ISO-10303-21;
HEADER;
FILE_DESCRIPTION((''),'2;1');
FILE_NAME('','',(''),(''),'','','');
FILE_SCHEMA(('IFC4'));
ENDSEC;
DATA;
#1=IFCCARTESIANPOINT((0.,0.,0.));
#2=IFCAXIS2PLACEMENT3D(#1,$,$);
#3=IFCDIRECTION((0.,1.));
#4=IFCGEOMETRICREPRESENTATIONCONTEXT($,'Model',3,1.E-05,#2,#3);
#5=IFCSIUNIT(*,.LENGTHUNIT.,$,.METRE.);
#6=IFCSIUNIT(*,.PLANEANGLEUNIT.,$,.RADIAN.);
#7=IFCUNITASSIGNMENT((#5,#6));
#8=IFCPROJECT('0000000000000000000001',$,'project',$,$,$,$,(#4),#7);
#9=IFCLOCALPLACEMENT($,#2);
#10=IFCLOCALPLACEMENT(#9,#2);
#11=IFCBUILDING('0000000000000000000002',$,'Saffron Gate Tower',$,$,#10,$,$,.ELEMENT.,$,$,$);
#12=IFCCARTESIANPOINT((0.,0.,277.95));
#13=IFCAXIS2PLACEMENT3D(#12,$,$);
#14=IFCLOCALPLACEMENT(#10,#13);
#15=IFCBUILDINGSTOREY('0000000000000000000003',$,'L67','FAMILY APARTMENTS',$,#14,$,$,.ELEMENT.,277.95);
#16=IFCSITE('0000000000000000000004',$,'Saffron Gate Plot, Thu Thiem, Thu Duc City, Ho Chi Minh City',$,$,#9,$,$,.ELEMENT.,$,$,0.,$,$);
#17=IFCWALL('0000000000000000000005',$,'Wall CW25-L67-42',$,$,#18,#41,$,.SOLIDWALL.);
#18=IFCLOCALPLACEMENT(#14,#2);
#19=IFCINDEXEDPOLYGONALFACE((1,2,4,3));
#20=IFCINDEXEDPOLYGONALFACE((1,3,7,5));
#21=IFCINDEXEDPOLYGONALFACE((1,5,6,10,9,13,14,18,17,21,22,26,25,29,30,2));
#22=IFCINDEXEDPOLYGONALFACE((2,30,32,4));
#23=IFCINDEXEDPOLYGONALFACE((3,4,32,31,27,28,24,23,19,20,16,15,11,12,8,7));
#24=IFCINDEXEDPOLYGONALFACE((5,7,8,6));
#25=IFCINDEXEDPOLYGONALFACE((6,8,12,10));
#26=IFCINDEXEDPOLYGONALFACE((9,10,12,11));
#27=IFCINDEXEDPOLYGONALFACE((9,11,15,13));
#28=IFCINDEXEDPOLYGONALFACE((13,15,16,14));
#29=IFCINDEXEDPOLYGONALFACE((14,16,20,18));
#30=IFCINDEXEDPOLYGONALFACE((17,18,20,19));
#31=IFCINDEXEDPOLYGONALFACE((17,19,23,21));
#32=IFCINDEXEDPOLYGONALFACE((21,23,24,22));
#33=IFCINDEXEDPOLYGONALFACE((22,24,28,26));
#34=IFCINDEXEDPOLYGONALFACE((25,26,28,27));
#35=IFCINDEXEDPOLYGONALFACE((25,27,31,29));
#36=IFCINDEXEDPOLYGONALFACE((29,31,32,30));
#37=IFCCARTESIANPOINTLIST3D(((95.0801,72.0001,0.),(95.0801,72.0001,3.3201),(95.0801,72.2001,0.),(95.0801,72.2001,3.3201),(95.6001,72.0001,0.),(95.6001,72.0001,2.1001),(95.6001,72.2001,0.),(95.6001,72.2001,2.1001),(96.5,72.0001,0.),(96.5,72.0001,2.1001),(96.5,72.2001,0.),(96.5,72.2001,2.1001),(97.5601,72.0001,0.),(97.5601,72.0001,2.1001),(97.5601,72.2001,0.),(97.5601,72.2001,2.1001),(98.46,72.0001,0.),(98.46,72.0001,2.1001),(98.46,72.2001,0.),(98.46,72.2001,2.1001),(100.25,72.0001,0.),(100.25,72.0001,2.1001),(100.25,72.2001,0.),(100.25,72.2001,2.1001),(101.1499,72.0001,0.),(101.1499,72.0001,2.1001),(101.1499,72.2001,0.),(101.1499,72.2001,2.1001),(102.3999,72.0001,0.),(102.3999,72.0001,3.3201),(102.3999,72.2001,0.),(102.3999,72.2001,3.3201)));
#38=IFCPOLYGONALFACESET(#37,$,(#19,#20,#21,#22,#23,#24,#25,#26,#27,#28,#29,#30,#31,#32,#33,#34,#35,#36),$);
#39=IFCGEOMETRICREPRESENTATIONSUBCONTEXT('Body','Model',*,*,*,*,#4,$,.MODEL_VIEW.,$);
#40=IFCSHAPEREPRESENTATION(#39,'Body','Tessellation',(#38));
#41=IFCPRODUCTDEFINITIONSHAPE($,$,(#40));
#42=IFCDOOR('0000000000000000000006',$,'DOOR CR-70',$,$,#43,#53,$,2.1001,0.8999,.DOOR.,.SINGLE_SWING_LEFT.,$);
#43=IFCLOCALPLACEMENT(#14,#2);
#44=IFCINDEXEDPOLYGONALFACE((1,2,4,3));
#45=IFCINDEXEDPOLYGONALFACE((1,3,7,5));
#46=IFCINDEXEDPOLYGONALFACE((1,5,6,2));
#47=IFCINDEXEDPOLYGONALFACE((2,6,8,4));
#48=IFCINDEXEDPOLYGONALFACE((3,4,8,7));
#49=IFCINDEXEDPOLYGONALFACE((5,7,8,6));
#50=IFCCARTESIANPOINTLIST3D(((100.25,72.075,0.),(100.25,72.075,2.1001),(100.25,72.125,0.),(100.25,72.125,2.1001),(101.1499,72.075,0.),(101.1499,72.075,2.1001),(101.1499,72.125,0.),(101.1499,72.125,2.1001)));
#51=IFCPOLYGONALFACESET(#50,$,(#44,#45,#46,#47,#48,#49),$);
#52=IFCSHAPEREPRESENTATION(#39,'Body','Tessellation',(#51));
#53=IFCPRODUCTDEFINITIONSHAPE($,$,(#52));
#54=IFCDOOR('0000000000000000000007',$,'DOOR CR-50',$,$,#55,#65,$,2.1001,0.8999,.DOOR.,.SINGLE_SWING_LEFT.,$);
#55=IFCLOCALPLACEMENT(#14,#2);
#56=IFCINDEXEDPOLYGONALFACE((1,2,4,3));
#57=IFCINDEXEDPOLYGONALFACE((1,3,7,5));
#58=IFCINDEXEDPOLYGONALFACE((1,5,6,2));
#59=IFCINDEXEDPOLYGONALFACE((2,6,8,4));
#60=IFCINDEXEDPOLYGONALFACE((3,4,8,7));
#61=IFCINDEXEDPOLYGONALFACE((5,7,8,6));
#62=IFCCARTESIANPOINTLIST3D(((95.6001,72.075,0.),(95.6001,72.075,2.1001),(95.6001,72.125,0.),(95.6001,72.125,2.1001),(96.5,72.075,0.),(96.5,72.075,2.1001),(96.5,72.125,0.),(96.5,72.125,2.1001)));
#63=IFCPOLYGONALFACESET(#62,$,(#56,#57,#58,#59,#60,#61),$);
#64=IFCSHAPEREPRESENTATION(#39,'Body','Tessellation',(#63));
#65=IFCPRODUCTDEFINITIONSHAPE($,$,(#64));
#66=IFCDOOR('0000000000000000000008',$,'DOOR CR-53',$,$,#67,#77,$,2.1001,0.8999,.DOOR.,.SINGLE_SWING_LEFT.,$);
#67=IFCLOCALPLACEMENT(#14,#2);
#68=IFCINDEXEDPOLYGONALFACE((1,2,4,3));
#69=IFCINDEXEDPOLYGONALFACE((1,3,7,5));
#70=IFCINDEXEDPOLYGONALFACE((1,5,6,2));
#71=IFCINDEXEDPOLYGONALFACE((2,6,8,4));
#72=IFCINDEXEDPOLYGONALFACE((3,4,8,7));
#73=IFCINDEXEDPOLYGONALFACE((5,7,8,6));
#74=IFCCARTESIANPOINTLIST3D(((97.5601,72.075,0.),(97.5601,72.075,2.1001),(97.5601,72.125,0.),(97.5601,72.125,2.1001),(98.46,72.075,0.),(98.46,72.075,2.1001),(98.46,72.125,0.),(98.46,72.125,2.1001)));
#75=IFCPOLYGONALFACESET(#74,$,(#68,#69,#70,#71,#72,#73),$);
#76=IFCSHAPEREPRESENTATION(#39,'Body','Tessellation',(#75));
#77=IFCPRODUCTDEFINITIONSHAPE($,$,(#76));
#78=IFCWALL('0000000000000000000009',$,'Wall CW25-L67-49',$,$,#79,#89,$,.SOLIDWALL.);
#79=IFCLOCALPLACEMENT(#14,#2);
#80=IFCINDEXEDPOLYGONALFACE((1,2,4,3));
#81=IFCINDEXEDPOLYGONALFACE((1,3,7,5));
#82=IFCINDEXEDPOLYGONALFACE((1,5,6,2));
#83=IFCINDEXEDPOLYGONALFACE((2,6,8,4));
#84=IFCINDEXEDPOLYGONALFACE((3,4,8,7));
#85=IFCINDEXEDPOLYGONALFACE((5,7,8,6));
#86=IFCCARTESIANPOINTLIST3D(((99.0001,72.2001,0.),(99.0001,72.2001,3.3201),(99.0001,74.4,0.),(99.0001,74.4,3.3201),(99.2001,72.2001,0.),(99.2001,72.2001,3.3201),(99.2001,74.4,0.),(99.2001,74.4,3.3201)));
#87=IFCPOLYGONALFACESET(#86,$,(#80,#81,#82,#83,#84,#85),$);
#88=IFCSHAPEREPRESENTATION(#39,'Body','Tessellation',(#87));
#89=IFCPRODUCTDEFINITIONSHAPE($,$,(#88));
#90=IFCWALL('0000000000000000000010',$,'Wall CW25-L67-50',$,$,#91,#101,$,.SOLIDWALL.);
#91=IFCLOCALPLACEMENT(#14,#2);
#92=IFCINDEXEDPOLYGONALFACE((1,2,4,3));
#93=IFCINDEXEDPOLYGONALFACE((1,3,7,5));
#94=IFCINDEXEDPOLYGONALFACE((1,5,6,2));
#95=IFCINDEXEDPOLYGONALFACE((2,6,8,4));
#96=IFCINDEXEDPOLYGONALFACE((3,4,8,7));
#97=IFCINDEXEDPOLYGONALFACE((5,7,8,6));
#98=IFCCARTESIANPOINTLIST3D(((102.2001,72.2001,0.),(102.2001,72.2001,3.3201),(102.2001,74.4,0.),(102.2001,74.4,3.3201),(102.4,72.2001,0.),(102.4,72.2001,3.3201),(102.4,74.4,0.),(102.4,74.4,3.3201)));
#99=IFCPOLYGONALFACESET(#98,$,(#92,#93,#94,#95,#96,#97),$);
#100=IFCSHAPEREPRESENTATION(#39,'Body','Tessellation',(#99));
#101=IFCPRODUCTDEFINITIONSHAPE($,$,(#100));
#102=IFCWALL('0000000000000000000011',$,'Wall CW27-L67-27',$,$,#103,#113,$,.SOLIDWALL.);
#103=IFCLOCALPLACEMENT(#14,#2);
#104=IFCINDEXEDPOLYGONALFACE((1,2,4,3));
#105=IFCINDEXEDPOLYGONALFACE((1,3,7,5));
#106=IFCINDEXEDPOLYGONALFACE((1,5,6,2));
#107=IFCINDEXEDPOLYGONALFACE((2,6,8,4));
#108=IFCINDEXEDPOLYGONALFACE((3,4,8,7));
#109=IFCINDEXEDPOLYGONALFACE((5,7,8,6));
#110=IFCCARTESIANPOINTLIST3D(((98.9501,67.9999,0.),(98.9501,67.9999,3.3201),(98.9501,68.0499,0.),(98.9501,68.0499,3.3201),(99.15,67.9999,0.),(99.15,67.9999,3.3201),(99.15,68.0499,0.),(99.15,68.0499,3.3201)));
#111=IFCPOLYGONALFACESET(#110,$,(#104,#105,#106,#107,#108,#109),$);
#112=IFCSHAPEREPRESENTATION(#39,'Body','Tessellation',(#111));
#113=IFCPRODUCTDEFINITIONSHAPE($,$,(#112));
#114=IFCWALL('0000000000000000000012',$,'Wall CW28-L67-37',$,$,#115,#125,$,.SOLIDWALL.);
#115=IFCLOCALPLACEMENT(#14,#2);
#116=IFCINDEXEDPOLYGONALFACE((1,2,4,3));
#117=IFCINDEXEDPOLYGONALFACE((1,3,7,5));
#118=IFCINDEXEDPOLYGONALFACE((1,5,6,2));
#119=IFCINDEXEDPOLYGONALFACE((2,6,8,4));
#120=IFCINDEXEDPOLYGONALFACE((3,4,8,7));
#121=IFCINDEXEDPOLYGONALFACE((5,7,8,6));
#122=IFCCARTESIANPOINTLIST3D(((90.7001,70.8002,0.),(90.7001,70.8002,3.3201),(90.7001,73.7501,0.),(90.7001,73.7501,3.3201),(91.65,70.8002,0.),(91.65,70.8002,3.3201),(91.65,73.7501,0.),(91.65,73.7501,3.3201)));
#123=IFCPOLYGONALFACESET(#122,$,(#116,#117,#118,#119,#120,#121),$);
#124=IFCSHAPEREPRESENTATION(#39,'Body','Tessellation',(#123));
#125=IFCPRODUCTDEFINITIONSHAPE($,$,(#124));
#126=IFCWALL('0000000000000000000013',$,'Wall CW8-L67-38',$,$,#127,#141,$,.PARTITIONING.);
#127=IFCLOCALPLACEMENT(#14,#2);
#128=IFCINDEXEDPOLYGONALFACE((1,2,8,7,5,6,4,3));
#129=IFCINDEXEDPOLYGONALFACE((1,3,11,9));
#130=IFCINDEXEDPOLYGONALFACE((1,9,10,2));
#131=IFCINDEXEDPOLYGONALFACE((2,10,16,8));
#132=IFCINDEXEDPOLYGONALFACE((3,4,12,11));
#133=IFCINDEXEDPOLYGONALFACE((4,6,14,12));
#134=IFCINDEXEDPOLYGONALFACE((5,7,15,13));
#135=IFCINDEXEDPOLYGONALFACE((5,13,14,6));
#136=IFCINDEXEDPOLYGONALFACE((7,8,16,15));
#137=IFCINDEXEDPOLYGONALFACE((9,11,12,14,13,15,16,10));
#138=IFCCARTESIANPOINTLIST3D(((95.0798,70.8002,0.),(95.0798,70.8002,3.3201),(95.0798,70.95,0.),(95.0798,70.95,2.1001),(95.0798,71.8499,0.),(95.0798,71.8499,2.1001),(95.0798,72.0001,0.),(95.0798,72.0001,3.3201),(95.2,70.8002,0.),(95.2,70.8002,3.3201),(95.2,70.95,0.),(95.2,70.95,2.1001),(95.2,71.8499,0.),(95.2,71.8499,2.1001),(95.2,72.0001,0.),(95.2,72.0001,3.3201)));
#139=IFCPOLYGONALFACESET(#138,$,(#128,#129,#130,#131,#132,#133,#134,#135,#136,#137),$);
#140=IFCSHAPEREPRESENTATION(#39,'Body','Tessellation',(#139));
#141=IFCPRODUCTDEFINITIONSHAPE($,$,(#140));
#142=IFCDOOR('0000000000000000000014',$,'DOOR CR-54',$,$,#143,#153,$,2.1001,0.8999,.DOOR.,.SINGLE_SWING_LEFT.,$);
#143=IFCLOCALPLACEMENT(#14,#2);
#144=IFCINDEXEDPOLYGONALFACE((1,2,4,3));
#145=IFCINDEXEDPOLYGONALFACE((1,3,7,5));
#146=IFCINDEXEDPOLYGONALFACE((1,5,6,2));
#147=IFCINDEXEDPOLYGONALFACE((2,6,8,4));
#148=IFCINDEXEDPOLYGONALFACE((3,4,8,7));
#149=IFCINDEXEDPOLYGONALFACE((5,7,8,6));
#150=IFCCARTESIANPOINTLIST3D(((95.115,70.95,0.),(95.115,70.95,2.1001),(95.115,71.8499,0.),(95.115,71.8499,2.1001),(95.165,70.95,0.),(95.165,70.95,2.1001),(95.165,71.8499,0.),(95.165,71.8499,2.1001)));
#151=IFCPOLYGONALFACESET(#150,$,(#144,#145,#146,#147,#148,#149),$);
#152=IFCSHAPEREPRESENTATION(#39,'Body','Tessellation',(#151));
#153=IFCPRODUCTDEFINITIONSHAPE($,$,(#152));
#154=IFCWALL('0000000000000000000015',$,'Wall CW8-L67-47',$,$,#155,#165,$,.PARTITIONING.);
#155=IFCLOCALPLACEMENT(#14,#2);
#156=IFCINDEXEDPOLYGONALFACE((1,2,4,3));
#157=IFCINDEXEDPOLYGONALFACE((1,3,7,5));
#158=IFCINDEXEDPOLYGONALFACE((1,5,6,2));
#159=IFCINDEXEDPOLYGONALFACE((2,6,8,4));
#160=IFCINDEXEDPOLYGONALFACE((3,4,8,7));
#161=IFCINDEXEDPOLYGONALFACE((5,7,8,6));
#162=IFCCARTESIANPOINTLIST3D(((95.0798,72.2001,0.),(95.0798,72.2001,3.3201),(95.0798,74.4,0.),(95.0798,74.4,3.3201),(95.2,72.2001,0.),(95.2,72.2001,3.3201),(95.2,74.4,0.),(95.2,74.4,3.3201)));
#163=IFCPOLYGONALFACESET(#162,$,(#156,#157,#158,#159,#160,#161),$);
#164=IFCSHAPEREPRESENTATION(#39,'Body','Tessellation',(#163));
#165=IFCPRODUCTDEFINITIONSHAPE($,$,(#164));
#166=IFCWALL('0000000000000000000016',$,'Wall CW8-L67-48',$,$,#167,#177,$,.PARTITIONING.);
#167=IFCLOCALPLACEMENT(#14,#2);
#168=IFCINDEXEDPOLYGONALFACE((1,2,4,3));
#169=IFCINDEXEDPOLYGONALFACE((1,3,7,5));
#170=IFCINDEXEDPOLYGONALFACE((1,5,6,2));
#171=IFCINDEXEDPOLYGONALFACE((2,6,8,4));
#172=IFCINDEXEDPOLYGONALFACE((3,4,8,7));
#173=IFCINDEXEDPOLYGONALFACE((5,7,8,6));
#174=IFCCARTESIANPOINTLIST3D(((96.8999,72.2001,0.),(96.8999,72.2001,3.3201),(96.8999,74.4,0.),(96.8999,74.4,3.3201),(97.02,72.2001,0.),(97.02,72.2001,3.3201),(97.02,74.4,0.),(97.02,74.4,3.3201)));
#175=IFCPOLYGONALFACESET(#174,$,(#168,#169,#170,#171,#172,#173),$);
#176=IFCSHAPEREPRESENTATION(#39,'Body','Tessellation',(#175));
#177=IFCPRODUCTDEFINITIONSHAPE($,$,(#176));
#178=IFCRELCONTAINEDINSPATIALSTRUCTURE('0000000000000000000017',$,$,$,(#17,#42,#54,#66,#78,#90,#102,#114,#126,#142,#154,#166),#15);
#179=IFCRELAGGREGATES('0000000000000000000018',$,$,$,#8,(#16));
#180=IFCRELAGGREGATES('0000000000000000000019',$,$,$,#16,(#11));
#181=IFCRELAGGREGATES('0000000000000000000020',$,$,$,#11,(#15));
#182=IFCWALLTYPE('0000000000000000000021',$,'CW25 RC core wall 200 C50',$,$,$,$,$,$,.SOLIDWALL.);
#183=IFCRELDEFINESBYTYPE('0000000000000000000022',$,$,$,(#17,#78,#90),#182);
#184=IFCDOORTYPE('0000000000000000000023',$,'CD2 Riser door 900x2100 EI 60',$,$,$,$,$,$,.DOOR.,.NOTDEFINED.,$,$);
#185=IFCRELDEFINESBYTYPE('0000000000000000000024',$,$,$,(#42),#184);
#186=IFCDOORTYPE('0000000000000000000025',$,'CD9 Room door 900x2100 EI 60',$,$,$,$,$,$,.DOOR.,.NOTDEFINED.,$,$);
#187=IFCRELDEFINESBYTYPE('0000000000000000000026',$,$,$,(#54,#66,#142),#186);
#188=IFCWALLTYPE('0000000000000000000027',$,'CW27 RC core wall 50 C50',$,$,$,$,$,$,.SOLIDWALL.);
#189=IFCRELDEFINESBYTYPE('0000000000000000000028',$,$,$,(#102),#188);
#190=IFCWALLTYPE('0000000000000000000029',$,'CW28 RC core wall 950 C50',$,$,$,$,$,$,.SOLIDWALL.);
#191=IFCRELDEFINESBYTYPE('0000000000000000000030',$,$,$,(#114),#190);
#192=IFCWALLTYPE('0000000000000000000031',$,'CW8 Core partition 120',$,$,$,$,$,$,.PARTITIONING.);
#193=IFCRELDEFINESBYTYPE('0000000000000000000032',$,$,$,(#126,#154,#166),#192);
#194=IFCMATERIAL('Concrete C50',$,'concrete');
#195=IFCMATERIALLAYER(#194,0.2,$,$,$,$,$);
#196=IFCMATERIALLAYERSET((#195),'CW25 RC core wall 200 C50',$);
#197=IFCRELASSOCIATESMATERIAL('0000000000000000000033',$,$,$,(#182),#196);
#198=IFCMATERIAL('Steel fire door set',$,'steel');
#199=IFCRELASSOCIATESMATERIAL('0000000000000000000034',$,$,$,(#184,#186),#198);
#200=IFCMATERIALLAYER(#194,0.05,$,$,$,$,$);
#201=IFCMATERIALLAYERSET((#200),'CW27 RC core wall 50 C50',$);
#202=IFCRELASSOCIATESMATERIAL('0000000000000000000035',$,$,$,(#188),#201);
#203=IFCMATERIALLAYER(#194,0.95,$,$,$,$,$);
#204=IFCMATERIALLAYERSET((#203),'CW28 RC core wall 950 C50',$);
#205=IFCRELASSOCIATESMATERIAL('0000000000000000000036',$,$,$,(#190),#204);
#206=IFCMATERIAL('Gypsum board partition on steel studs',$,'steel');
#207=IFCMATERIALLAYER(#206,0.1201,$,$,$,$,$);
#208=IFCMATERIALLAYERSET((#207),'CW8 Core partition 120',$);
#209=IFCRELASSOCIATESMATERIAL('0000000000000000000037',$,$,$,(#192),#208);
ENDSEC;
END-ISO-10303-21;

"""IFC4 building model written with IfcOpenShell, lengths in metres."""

from ifc_helpers import new_model, si_unit, direction, frame, frame_2d, origin, place, context, subcontext, project, spatial, rectangle, extrude, material, layer, layer_set, type_object, element, fill, save


model = new_model("IFC4")

# Units and contexts
model_context = context("Model", 3, precision=1e-05, world=origin(), true_north=direction((0.0, 1.0)))
body_context = subcontext(model_context, "Body", "Model", "MODEL_VIEW")
ifc_project = project(units=[si_unit("LENGTHUNIT", "METRE"), si_unit("PLANEANGLEUNIT", "RADIAN")], contexts=[model_context])

# Site, building, storey
site_placement = place(None, origin())
site = spatial("IfcSite", under=ifc_project, at=site_placement, Name="Saffron Gate Plot, Thu Thiem, Thu Duc City, Ho Chi Minh City", CompositionType="ELEMENT", RefElevation=0.0)
building_placement = place(site_placement, origin())
building = spatial("IfcBuilding", under=site, at=building_placement, Name="Saffron Gate Tower", CompositionType="ELEMENT")
storey_placement = place(building_placement, frame((0.0, 0.0, 277.95)))
storey = spatial("IfcBuildingStorey", under=building, at=storey_placement, Name="L67", Description="FAMILY APARTMENTS", CompositionType="ELEMENT", Elevation=277.95)

# Shared definitions
ifc_material_1 = material(Name="Concrete C50", Category="concrete")
ifc_material_2 = material(Name="Steel fire door set", Category="steel")

# Shared definitions
ifc_layer_1 = layer(ifc_material_1, 0.2)
ifc_layer_set_1 = layer_set([ifc_layer_1], Name="CW25 RC core wall 200 C50")
wall_type_1 = type_object("IfcWallType", Name="CW25 RC core wall 200 C50", PredefinedType="SOLIDWALL", material=ifc_layer_set_1)

# Wall, openings, doors
wall_1_placement = place(storey_placement, frame((95.0801, 72.1001, 0.0), z_axis=(0.0, 0.0, 1.0), x_axis=(1.0, 0.0, 0.0)))
wall_1 = element("IfcWall", 1, at=wall_1_placement, inside=storey, type_object=wall_type_1, Name="Wall CW25-L67-42", PredefinedType="SOLIDWALL", context=body_context, shape_type="SweptSolid", body=[
    extrude(rectangle(XDim=7.3198, YDim=0.2, at=frame_2d((3.6599, 0.0))), origin(), (0.0, 0.0, 1.0), 3.3201),
])
opening_1_placement = place(wall_1_placement, frame((0.52, 0.0, 0.0)))
opening_1 = element("IfcOpeningElement", 2, at=opening_1_placement, cuts=wall_1, PredefinedType="OPENING", context=body_context, shape_type="SweptSolid", body=[
    extrude(rectangle(XDim=0.8999, YDim=2.1001, at=frame_2d((0.45, 1.05))), frame((0.0, 0.1099, 0.0), z_axis=(0.0, -1.0, 0.0), x_axis=(1.0, 0.0, 0.0)), (0.0, 0.0, 1.0), 0.22),
])
opening_2_placement = place(wall_1_placement, frame((2.48, 0.0, 0.0)))
opening_2 = element("IfcOpeningElement", 3, at=opening_2_placement, cuts=wall_1, PredefinedType="OPENING", context=body_context, shape_type="SweptSolid", body=[
    extrude(rectangle(XDim=0.8999, YDim=2.1001, at=frame_2d((0.45, 1.05))), frame((0.0, 0.1099, 0.0), z_axis=(0.0, -1.0, 0.0), x_axis=(1.0, 0.0, 0.0)), (0.0, 0.0, 1.0), 0.22),
])
opening_3_placement = place(wall_1_placement, frame((5.1699, 0.0, 0.0)))
opening_3 = element("IfcOpeningElement", 4, at=opening_3_placement, cuts=wall_1, PredefinedType="OPENING", context=body_context, shape_type="SweptSolid", body=[
    extrude(rectangle(XDim=0.8999, YDim=2.1001, at=frame_2d((0.45, 1.05))), frame((0.0, 0.1099, 0.0), z_axis=(0.0, -1.0, 0.0), x_axis=(1.0, 0.0, 0.0)), (0.0, 0.0, 1.0), 0.22),
])
door_type_1 = type_object("IfcDoorType", Name="CD2 Riser door 900x2100 EI 60", OperationType="NOTDEFINED", PredefinedType="DOOR", material=ifc_material_2)
door_1_placement = place(opening_3_placement, origin())
door_1 = element("IfcDoor", 5, at=door_1_placement, inside=storey, type_object=door_type_1, Name="DOOR CR-70", OperationType="SINGLE_SWING_LEFT", OverallHeight=2.1001, OverallWidth=0.8999, PredefinedType="DOOR", context=body_context, shape_type="SweptSolid", body=[
    extrude(rectangle(XDim=0.8999, YDim=2.1001, at=frame_2d((0.45, 1.05))), frame((0.0, 0.0249, 0.0), z_axis=(0.0, -1.0, 0.0), x_axis=(1.0, 0.0, 0.0)), (0.0, 0.0, 1.0), 0.05),
])
fill(opening_3, door_1)
door_type_2 = type_object("IfcDoorType", Name="CD9 Room door 900x2100 EI 60", OperationType="NOTDEFINED", PredefinedType="DOOR", material=ifc_material_2)
door_2_placement = place(opening_1_placement, origin())
door_2 = element("IfcDoor", 6, at=door_2_placement, inside=storey, type_object=door_type_2, Name="DOOR CR-50", OperationType="SINGLE_SWING_LEFT", OverallHeight=2.1001, OverallWidth=0.8999, PredefinedType="DOOR", context=body_context, shape_type="SweptSolid", body=[
    extrude(rectangle(XDim=0.8999, YDim=2.1001, at=frame_2d((0.45, 1.05))), frame((0.0, 0.0249, 0.0), z_axis=(0.0, -1.0, 0.0), x_axis=(1.0, 0.0, 0.0)), (0.0, 0.0, 1.0), 0.05),
])
fill(opening_1, door_2)
door_3_placement = place(opening_2_placement, origin())
door_3 = element("IfcDoor", 7, at=door_3_placement, inside=storey, type_object=door_type_2, Name="DOOR CR-53", OperationType="SINGLE_SWING_LEFT", OverallHeight=2.1001, OverallWidth=0.8999, PredefinedType="DOOR", context=body_context, shape_type="SweptSolid", body=[
    extrude(rectangle(XDim=0.8999, YDim=2.1001, at=frame_2d((0.45, 1.05))), frame((0.0, 0.0249, 0.0), z_axis=(0.0, -1.0, 0.0), x_axis=(1.0, 0.0, 0.0)), (0.0, 0.0, 1.0), 0.05),
])
fill(opening_2, door_3)

# Walls
for number, where, z_axis, x_axis, name in (
    (8, (99.1001, 72.2, 0.0), (0.0, 0.0, 1.0), (0.0, 1.0, 0.0), "Wall CW25-L67-49"),
    (9, (102.3, 72.2, 0.0), (0.0, 0.0, 1.0), (0.0, 1.0, 0.0), "Wall CW25-L67-50"),
):
    element("IfcWall", number, at=place(storey_placement, frame(where, z_axis=z_axis, x_axis=x_axis)), inside=storey, type_object=wall_type_1, Name=name, PredefinedType="SOLIDWALL", context=body_context, shape_type="SweptSolid", body=[
        extrude(rectangle(XDim=2.2, YDim=0.2, at=frame_2d((1.1001, 0.0))), origin(), (0.0, 0.0, 1.0), 3.3201),
    ])
ifc_layer_2 = layer(ifc_material_1, 0.05)
ifc_layer_set_2 = layer_set([ifc_layer_2], Name="CW27 RC core wall 50 C50")
wall_type_2 = type_object("IfcWallType", Name="CW27 RC core wall 50 C50", PredefinedType="SOLIDWALL", material=ifc_layer_set_2)
wall_2_placement = place(storey_placement, frame((98.95, 68.0249, 0.0), z_axis=(0.0, 0.0, 1.0), x_axis=(1.0, 0.0, 0.0)))
element("IfcWall", 10, at=wall_2_placement, inside=storey, type_object=wall_type_2, Name="Wall CW27-L67-27", PredefinedType="SOLIDWALL", context=body_context, shape_type="SweptSolid", body=[
    extrude(rectangle(XDim=0.2, YDim=0.05, at=frame_2d((0.1001, 0.0))), origin(), (0.0, 0.0, 1.0), 3.3201),
])
ifc_layer_3 = layer(ifc_material_1, 0.95)
ifc_layer_set_3 = layer_set([ifc_layer_3], Name="CW28 RC core wall 950 C50")
wall_type_3 = type_object("IfcWallType", Name="CW28 RC core wall 950 C50", PredefinedType="SOLIDWALL", material=ifc_layer_set_3)
wall_3_placement = place(storey_placement, frame((91.175, 70.8, 0.0), z_axis=(0.0, 0.0, 1.0), x_axis=(0.0, 1.0, 0.0)))
element("IfcWall", 11, at=wall_3_placement, inside=storey, type_object=wall_type_3, Name="Wall CW28-L67-37", PredefinedType="SOLIDWALL", context=body_context, shape_type="SweptSolid", body=[
    extrude(rectangle(XDim=2.95, YDim=0.95, at=frame_2d((1.4751, 0.0))), origin(), (0.0, 0.0, 1.0), 3.3201),
])

# Wall, opening, door
ifc_material_3 = material(Name="Gypsum board partition on steel studs", Category="steel")
ifc_layer_4 = layer(ifc_material_3, 0.1201)
ifc_layer_set_4 = layer_set([ifc_layer_4], Name="CW8 Core partition 120")
wall_type_4 = type_object("IfcWallType", Name="CW8 Core partition 120", PredefinedType="PARTITIONING", material=ifc_layer_set_4)
wall_4_placement = place(storey_placement, frame((95.1399, 70.8, 0.0), z_axis=(0.0, 0.0, 1.0), x_axis=(0.0, 1.0, 0.0)))
wall_4 = element("IfcWall", 12, at=wall_4_placement, inside=storey, type_object=wall_type_4, Name="Wall CW8-L67-38", PredefinedType="PARTITIONING", context=body_context, shape_type="SweptSolid", body=[
    extrude(rectangle(XDim=1.2, YDim=0.1201, at=frame_2d((0.6001, 0.0))), origin(), (0.0, 0.0, 1.0), 3.3201),
])
opening_4_placement = place(wall_4_placement, frame((0.1499, 0.0, 0.0)))
opening_4 = element("IfcOpeningElement", 13, at=opening_4_placement, cuts=wall_4, PredefinedType="OPENING", context=body_context, shape_type="SweptSolid", body=[
    extrude(rectangle(XDim=0.8999, YDim=2.1001, at=frame_2d((0.45, 1.05))), frame((0.0, 0.0701, 0.0), z_axis=(0.0, -1.0, 0.0), x_axis=(1.0, 0.0, 0.0)), (0.0, 0.0, 1.0), 0.1401),
])
door_4_placement = place(opening_4_placement, origin())
door_4 = element("IfcDoor", 14, at=door_4_placement, inside=storey, type_object=door_type_2, Name="DOOR CR-54", OperationType="SINGLE_SWING_LEFT", OverallHeight=2.1001, OverallWidth=0.8999, PredefinedType="DOOR", context=body_context, shape_type="SweptSolid", body=[
    extrude(rectangle(XDim=0.8999, YDim=2.1001, at=frame_2d((0.45, 1.05))), frame((0.0, 0.0249, 0.0), z_axis=(0.0, -1.0, 0.0), x_axis=(1.0, 0.0, 0.0)), (0.0, 0.0, 1.0), 0.05),
])
fill(opening_4, door_4)

# Walls
for number, where, z_axis, x_axis, name in (
    (15, (95.1399, 72.2, 0.0), (0.0, 0.0, 1.0), (0.0, 1.0, 0.0), "Wall CW8-L67-47"),
    (16, (96.96, 72.2, 0.0), (0.0, 0.0, 1.0), (0.0, 1.0, 0.0), "Wall CW8-L67-48"),
):
    element("IfcWall", number, at=place(storey_placement, frame(where, z_axis=z_axis, x_axis=x_axis)), inside=storey, type_object=wall_type_4, Name=name, PredefinedType="PARTITIONING", context=body_context, shape_type="SweptSolid", body=[
        extrude(rectangle(XDim=2.2, YDim=0.1201, at=frame_2d((1.1001, 0.0))), origin(), (0.0, 0.0, 1.0), 3.3201),
    ])

save(model, "model.ifc")
